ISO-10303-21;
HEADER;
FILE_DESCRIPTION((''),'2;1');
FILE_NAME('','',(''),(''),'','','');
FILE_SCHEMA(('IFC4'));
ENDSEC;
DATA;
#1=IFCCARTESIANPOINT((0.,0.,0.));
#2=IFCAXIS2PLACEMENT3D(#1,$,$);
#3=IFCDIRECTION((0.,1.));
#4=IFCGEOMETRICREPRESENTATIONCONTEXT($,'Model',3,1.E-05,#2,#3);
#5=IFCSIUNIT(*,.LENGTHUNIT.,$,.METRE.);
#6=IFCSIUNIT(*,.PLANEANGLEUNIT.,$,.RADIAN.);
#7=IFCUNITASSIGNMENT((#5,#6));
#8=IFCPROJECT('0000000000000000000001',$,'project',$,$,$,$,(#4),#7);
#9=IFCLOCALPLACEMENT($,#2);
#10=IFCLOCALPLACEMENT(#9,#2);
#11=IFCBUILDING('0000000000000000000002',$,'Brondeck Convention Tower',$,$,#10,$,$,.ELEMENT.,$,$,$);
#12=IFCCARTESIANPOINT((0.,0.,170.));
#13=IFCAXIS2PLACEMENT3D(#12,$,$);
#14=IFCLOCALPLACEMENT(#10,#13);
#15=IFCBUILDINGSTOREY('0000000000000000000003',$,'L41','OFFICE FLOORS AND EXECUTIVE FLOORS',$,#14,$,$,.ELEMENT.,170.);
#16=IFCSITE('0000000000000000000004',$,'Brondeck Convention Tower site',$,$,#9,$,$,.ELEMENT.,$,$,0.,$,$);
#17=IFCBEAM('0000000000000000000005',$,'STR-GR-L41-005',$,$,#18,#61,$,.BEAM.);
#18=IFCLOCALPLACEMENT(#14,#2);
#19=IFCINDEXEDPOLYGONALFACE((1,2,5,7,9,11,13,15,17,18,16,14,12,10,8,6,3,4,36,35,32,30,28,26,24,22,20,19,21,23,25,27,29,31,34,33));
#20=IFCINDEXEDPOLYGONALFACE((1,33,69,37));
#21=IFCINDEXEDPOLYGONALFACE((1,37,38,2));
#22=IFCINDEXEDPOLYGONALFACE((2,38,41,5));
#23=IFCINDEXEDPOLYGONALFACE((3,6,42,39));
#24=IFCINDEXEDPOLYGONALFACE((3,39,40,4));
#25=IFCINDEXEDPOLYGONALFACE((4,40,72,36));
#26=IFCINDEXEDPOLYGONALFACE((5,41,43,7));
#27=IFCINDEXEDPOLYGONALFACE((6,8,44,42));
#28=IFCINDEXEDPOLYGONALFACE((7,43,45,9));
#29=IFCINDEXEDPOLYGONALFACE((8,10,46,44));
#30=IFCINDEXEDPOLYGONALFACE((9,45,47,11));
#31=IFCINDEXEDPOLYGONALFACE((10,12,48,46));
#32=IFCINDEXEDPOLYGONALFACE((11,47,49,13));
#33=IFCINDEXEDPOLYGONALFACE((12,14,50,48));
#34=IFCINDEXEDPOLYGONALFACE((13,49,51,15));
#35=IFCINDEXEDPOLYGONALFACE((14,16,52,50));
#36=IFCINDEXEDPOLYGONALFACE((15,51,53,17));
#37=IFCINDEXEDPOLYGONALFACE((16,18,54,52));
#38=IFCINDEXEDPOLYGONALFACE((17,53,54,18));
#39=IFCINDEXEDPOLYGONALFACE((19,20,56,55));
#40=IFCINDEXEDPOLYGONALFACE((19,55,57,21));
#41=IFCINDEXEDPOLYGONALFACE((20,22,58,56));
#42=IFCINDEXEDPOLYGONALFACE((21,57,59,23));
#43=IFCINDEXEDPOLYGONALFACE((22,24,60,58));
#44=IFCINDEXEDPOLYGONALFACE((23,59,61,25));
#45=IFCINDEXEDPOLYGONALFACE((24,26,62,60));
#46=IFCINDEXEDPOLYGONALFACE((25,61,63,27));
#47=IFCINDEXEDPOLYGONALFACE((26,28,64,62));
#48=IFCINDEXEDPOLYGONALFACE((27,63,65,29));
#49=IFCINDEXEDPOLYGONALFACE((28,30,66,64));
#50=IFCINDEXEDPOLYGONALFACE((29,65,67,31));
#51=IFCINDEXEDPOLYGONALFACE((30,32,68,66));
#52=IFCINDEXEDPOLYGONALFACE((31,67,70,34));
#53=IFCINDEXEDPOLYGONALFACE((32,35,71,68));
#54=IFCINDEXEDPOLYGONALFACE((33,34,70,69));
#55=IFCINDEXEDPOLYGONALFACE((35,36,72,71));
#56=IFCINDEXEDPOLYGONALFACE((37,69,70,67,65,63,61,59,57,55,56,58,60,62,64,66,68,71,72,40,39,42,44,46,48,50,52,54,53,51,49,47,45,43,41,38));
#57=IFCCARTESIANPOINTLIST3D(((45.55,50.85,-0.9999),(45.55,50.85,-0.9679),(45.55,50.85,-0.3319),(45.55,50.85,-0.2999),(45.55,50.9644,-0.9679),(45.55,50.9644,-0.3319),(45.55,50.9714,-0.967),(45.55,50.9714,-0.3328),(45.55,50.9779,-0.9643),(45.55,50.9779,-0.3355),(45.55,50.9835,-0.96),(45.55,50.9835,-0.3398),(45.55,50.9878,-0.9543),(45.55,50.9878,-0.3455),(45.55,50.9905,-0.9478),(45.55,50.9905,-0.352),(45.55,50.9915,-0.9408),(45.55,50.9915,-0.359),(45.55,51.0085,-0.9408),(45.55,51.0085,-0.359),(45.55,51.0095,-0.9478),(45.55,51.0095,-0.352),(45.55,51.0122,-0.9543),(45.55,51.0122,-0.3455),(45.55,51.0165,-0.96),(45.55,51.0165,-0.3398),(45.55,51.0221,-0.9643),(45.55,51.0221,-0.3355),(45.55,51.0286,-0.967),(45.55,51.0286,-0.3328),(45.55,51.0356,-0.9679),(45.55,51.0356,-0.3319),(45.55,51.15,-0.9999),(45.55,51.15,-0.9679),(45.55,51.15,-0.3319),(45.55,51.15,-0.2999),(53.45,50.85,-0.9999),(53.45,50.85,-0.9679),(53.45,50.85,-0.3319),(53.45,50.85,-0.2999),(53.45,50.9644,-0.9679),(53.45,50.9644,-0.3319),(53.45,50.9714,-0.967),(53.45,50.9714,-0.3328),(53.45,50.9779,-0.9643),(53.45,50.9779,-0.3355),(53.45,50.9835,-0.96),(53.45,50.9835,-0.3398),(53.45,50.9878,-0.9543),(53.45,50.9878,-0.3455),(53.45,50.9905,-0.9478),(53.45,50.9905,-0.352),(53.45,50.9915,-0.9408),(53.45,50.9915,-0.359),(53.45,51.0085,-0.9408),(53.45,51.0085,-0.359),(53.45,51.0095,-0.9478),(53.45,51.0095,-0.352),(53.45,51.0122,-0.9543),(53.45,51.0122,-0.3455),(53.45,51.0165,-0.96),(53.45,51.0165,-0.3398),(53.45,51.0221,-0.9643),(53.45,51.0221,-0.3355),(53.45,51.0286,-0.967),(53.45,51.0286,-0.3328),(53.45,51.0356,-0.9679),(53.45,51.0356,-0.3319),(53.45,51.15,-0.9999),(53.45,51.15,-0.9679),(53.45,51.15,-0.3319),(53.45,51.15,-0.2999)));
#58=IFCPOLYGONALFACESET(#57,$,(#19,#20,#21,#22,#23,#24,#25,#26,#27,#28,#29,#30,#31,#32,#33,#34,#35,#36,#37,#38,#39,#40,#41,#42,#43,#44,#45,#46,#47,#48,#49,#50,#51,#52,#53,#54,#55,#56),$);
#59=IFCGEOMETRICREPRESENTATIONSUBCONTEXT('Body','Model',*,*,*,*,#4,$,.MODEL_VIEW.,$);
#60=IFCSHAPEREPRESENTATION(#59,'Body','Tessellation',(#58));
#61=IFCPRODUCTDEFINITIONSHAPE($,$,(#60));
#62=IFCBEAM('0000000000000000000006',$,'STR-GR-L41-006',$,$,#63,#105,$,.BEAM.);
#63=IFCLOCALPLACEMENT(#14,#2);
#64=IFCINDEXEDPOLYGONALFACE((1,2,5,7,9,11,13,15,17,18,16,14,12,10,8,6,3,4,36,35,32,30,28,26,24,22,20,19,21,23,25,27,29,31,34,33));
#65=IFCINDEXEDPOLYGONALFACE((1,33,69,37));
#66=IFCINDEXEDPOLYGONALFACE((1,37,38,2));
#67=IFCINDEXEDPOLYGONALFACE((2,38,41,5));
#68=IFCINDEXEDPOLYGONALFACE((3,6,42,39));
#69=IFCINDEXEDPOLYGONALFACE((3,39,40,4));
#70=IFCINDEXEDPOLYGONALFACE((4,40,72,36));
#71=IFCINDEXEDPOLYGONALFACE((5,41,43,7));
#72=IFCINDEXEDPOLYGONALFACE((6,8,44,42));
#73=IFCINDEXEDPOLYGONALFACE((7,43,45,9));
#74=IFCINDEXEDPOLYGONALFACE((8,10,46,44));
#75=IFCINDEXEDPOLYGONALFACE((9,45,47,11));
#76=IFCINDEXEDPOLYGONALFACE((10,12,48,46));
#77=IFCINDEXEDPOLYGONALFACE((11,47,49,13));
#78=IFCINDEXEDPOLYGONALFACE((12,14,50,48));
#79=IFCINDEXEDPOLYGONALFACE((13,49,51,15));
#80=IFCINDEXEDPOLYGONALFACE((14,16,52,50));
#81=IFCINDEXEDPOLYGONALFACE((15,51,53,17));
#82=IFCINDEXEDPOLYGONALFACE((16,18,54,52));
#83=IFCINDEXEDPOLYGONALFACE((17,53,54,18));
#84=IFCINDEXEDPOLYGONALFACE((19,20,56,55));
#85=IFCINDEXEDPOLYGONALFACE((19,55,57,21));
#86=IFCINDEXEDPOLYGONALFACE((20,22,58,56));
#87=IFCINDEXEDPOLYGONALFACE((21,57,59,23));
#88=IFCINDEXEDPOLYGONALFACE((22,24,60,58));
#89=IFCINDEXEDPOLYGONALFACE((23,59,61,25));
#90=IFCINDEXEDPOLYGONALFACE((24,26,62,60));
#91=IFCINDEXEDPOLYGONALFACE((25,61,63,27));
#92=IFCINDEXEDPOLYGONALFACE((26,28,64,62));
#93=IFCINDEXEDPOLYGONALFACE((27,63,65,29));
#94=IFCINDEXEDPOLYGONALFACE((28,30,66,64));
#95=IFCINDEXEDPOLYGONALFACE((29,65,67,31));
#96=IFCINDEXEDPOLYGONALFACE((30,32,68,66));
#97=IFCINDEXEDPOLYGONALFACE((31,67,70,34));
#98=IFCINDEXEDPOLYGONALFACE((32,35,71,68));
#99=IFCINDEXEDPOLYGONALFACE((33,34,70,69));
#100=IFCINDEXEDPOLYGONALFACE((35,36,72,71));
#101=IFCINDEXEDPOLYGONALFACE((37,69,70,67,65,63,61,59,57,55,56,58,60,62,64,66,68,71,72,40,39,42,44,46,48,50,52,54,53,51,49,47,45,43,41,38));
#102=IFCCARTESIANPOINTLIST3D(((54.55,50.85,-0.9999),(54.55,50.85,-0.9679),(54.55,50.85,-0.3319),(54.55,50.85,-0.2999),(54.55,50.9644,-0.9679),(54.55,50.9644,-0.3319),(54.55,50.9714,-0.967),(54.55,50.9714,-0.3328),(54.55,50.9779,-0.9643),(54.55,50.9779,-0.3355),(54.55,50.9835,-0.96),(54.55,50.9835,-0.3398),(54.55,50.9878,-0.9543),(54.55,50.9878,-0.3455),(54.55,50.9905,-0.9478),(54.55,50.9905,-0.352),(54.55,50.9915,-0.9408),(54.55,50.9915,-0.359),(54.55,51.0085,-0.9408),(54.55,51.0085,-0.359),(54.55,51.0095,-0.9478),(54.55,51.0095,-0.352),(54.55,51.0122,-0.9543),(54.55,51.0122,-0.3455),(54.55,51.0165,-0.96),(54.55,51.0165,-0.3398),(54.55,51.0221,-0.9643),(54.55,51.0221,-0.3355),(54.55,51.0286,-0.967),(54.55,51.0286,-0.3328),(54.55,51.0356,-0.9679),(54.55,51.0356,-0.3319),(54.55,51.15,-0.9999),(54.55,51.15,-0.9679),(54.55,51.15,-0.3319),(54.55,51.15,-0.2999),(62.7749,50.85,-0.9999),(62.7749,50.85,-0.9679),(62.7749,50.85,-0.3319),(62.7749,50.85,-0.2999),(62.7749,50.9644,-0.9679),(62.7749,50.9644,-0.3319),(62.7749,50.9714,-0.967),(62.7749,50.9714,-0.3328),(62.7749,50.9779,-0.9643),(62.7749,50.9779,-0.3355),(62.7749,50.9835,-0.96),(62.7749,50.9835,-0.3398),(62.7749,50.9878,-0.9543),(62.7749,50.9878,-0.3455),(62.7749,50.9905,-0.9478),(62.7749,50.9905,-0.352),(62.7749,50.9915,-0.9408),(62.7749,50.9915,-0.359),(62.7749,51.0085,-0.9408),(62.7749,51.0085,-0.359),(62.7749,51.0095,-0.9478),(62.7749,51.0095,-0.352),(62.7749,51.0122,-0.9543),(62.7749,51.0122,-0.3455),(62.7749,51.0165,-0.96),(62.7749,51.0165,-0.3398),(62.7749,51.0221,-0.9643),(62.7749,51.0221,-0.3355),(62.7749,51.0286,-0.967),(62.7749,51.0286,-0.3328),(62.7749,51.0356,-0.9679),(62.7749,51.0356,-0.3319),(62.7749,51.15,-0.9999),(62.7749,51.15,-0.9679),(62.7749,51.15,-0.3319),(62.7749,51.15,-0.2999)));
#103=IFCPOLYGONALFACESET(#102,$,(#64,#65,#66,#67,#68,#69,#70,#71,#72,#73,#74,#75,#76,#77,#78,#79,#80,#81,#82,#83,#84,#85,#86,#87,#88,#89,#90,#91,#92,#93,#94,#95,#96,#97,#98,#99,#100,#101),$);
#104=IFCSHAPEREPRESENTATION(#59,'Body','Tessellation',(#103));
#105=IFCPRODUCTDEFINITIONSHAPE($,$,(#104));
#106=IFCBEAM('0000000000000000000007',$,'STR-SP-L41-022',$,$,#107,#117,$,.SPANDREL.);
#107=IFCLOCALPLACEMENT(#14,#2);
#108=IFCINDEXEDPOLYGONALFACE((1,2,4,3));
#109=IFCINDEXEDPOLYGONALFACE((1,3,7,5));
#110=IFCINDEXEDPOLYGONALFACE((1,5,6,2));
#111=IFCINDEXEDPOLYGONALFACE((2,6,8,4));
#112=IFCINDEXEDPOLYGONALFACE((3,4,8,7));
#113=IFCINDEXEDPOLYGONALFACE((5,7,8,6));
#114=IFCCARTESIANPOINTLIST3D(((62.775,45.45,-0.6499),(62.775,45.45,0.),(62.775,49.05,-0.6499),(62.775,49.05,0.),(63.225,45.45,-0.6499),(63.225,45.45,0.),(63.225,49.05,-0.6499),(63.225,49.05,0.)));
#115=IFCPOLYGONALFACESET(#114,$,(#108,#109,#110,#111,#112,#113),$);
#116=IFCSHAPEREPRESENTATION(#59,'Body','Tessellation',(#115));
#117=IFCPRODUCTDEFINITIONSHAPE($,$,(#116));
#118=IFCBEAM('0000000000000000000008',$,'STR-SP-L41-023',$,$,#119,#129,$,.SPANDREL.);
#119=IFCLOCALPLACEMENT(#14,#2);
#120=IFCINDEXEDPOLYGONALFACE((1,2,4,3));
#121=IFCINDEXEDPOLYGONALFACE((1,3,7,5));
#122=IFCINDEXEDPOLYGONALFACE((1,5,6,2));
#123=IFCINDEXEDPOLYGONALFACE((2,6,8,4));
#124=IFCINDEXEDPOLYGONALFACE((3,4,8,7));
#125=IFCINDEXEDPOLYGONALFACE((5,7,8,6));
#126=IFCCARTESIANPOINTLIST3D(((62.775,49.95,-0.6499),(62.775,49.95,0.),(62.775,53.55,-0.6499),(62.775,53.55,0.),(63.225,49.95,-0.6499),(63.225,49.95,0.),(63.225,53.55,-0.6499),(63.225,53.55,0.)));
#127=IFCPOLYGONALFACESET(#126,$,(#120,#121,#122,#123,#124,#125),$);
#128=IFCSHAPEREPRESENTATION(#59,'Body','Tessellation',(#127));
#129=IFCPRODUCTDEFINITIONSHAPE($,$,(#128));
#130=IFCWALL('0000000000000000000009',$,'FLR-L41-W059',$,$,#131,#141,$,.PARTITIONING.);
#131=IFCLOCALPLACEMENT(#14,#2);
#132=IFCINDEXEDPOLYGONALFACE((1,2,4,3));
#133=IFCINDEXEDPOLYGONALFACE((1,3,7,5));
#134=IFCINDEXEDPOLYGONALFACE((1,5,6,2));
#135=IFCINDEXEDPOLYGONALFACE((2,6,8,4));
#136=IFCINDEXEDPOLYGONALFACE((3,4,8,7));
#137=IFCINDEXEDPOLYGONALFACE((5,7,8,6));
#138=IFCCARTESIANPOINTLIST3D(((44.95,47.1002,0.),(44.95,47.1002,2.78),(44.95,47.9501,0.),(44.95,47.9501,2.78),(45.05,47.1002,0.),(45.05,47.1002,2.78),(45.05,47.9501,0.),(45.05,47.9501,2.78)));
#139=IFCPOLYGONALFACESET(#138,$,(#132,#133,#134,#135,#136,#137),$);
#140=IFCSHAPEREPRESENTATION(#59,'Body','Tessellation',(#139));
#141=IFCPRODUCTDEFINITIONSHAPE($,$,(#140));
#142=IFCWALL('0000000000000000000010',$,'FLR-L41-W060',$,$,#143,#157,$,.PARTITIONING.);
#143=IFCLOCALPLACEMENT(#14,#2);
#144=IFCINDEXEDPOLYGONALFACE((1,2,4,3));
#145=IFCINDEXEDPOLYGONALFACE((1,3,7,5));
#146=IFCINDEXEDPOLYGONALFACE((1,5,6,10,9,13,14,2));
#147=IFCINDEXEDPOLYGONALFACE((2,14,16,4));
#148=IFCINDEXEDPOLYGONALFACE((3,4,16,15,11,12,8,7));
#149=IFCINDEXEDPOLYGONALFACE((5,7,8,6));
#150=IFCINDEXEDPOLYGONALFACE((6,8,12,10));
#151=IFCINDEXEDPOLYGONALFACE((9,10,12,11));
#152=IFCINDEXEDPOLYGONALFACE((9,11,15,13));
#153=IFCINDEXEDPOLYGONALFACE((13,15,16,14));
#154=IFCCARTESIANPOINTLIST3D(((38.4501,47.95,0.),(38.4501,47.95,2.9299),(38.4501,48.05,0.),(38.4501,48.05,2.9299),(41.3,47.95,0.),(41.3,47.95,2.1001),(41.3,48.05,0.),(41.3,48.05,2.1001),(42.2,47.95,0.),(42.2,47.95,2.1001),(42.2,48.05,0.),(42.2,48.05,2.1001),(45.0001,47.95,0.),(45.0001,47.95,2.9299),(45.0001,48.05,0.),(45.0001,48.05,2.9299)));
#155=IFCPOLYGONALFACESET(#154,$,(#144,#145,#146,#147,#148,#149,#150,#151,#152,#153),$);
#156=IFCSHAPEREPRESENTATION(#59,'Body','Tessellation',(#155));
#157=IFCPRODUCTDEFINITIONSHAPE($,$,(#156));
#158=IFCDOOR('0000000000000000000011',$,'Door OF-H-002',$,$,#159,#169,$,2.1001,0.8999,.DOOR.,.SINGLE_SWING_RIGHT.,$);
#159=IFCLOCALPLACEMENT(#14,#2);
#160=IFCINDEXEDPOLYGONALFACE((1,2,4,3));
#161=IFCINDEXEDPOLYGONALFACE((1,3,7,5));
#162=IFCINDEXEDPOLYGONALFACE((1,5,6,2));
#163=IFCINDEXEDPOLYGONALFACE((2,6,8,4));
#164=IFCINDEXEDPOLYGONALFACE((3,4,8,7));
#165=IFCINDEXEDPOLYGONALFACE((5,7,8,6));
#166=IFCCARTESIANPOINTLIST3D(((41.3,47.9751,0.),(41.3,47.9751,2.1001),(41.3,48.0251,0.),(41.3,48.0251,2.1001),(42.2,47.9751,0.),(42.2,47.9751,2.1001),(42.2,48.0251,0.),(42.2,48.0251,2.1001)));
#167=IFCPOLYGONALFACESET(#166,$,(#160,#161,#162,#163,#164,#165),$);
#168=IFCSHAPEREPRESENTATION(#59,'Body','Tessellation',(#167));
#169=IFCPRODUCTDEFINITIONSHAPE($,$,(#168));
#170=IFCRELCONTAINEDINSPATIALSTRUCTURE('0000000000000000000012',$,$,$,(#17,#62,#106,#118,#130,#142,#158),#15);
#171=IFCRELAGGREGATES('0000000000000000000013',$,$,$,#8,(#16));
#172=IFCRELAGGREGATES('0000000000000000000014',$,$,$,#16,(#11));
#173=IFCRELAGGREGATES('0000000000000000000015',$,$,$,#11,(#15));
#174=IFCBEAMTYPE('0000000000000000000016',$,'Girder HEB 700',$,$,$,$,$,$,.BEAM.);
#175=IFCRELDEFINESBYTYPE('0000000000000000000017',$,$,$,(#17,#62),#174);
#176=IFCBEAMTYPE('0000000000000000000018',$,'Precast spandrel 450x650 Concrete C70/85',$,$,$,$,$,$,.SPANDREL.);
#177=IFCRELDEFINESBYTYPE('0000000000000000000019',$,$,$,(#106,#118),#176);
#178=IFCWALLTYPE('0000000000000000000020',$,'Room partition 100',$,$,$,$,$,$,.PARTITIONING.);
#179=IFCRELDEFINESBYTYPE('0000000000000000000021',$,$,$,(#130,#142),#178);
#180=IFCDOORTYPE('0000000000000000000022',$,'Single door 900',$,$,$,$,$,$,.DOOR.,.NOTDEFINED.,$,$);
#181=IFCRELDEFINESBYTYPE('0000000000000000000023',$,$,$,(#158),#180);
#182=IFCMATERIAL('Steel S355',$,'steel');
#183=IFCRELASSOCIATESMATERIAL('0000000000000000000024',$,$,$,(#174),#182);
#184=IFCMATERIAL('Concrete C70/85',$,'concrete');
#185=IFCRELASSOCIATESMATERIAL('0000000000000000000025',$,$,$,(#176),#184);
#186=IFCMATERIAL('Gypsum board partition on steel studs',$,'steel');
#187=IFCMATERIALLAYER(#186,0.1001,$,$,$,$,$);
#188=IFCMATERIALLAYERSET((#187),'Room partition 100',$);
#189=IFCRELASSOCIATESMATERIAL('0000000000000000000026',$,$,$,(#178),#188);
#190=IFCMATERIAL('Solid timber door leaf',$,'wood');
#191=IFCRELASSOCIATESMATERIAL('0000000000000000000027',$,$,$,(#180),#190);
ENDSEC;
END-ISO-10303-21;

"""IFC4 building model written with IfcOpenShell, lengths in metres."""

from ifc_helpers import new_model, si_unit, direction, frame, frame_2d, origin, origin_2d, place, context, subcontext, project, spatial, rectangle, i_section, extrude, material, layer, layer_set, material_profile, profile_set, type_object, element, fill, save


model = new_model("IFC4")

# Units and contexts
model_context = context("Model", 3, precision=1e-05, world=origin(), true_north=direction((0.0, 1.0)))
body_context = subcontext(model_context, "Body", "Model", "MODEL_VIEW")
ifc_project = project(units=[si_unit("LENGTHUNIT", "METRE"), si_unit("PLANEANGLEUNIT", "RADIAN")], contexts=[model_context])

# Site, building, storey
site_placement = place(None, origin())
site = spatial("IfcSite", under=ifc_project, at=site_placement, Name="Brondeck Convention Tower site", CompositionType="ELEMENT", RefElevation=0.0)
building_placement = place(site_placement, origin())
building = spatial("IfcBuilding", under=site, at=building_placement, Name="Brondeck Convention Tower", CompositionType="ELEMENT")
storey_placement = place(building_placement, frame((0.0, 0.0, 170.0)))
storey = spatial("IfcBuildingStorey", under=building, at=storey_placement, Name="L41", Description="OFFICE FLOORS AND EXECUTIVE FLOORS", CompositionType="ELEMENT", Elevation=170.0)

# Shared definitions
ifc_material_1 = material(Name="Concrete C70/85", Category="concrete")

# Beams
ifc_material_2 = material(Name="Steel S355", Category="steel")
ifc_material_profile_1 = material_profile(ifc_material_2, i_section(OverallWidth=0.3, OverallDepth=0.7, WebThickness=0.0171, FlangeThickness=0.032, FilletRadius=0.0271, at=origin_2d()), Name="HEB 700")
ifc_profile_set_1 = profile_set([ifc_material_profile_1], Name="Steel S355")
beam_type_1 = type_object("IfcBeamType", Name="Girder HEB 700", PredefinedType="BEAM", material=ifc_profile_set_1)
beam_1_placement = place(storey_placement, frame((45.55, 51.0, -0.6499), z_axis=(1.0, 0.0, 0.0), x_axis=(0.0, 1.0, 0.0)))
element("IfcBeam", 1, at=beam_1_placement, inside=storey, type_object=beam_type_1, Name="STR-GR-L41-005", PredefinedType="BEAM", context=body_context, shape_type="SweptSolid", body=[
    extrude(i_section(OverallWidth=0.3, OverallDepth=0.7, WebThickness=0.0171, FlangeThickness=0.032, FilletRadius=0.0271, at=origin_2d()), origin(), (0.0, 0.0, 1.0), 7.8999),
])
beam_2_placement = place(storey_placement, frame((54.55, 51.0, -0.6499), z_axis=(1.0, 0.0, 0.0), x_axis=(0.0, 1.0, 0.0)))
element("IfcBeam", 2, at=beam_2_placement, inside=storey, type_object=beam_type_1, Name="STR-GR-L41-006", PredefinedType="BEAM", context=body_context, shape_type="SweptSolid", body=[
    extrude(i_section(OverallWidth=0.3, OverallDepth=0.7, WebThickness=0.0171, FlangeThickness=0.032, FilletRadius=0.0271, at=origin_2d()), origin(), (0.0, 0.0, 1.0), 8.2249),
])
ifc_material_profile_2 = material_profile(ifc_material_1, rectangle(XDim=0.45, YDim=0.6499, at=origin_2d()), Name="Precast spandrel 450x650 Concrete C70/85")
ifc_profile_set_2 = profile_set([ifc_material_profile_2], Name="Concrete C70/85")
beam_type_2 = type_object("IfcBeamType", Name="Precast spandrel 450x650 Concrete C70/85", PredefinedType="SPANDREL", material=ifc_profile_set_2)
for number, where, z_axis, x_axis, name in (
    (3, (63.0, 45.45, -0.325), (0.0, 1.0, 0.0), (-1.0, 0.0, 0.0), "STR-SP-L41-022"),
    (4, (63.0, 49.95, -0.325), (0.0, 1.0, 0.0), (-1.0, 0.0, 0.0), "STR-SP-L41-023"),
):
    element("IfcBeam", number, at=place(storey_placement, frame(where, z_axis=z_axis, x_axis=x_axis)), inside=storey, type_object=beam_type_2, Name=name, PredefinedType="SPANDREL", context=body_context, shape_type="SweptSolid", body=[
        extrude(rectangle(XDim=0.45, YDim=0.6499, at=origin_2d()), origin(), (0.0, 0.0, 1.0), 3.6001),
    ])

# Wall
ifc_material_3 = material(Name="Gypsum board partition on steel studs", Category="steel")
ifc_layer_1 = layer(ifc_material_3, 0.1001)
ifc_layer_set_1 = layer_set([ifc_layer_1], Name="Room partition 100")
wall_type_1 = type_object("IfcWallType", Name="Room partition 100", PredefinedType="PARTITIONING", material=ifc_layer_set_1)
wall_1_placement = place(storey_placement, frame((45.0, 47.95, 0.0), z_axis=(0.0, 0.0, 1.0), x_axis=(0.0, -1.0, 0.0)))
element("IfcWall", 5, at=wall_1_placement, inside=storey, type_object=wall_type_1, Name="FLR-L41-W059", PredefinedType="PARTITIONING", context=body_context, shape_type="SweptSolid", body=[
    extrude(rectangle(XDim=0.8499, YDim=0.1001, at=frame_2d((0.4248, 0.0))), origin(), (0.0, 0.0, 1.0), 2.78),
])

# Wall, opening, door
wall_2_placement = place(storey_placement, frame((45.0, 48.0, 0.0), z_axis=(0.0, 0.0, 1.0), x_axis=(-1.0, 0.0, 0.0)))
wall_2 = element("IfcWall", 6, at=wall_2_placement, inside=storey, type_object=wall_type_1, Name="FLR-L41-W060", PredefinedType="PARTITIONING", context=body_context, shape_type="SweptSolid", body=[
    extrude(rectangle(XDim=6.55, YDim=0.1001, at=frame_2d((3.2749, 0.0))), origin(), (0.0, 0.0, 1.0), 2.9299),
])
opening_1_placement = place(wall_2_placement, frame((2.8, 0.0, 0.0)))
opening_1 = element("IfcOpeningElement", 7, at=opening_1_placement, cuts=wall_2, PredefinedType="OPENING", context=body_context, shape_type="SweptSolid", body=[
    extrude(rectangle(XDim=0.8999, YDim=2.1001, at=frame_2d((0.45, 1.05))), frame((0.0, 0.0601, 0.0), z_axis=(0.0, -1.0, 0.0), x_axis=(1.0, 0.0, 0.0)), (0.0, 0.0, 1.0), 0.1201),
])
ifc_material_4 = material(Name="Solid timber door leaf", Category="wood")
door_type_1 = type_object("IfcDoorType", Name="Single door 900", OperationType="NOTDEFINED", PredefinedType="DOOR", material=ifc_material_4)
door_1_placement = place(opening_1_placement, origin())
door_1 = element("IfcDoor", 8, at=door_1_placement, inside=storey, type_object=door_type_1, Name="Door OF-H-002", OperationType="SINGLE_SWING_RIGHT", OverallHeight=2.1001, OverallWidth=0.8999, PredefinedType="DOOR", context=body_context, shape_type="SweptSolid", body=[
    extrude(rectangle(XDim=0.8999, YDim=2.1001, at=frame_2d((0.45, 1.05))), frame((0.0, 0.0249, 0.0), z_axis=(0.0, -1.0, 0.0), x_axis=(1.0, 0.0, 0.0)), (0.0, 0.0, 1.0), 0.05),
])
fill(opening_1, door_1)

save(model, "model.ifc")
